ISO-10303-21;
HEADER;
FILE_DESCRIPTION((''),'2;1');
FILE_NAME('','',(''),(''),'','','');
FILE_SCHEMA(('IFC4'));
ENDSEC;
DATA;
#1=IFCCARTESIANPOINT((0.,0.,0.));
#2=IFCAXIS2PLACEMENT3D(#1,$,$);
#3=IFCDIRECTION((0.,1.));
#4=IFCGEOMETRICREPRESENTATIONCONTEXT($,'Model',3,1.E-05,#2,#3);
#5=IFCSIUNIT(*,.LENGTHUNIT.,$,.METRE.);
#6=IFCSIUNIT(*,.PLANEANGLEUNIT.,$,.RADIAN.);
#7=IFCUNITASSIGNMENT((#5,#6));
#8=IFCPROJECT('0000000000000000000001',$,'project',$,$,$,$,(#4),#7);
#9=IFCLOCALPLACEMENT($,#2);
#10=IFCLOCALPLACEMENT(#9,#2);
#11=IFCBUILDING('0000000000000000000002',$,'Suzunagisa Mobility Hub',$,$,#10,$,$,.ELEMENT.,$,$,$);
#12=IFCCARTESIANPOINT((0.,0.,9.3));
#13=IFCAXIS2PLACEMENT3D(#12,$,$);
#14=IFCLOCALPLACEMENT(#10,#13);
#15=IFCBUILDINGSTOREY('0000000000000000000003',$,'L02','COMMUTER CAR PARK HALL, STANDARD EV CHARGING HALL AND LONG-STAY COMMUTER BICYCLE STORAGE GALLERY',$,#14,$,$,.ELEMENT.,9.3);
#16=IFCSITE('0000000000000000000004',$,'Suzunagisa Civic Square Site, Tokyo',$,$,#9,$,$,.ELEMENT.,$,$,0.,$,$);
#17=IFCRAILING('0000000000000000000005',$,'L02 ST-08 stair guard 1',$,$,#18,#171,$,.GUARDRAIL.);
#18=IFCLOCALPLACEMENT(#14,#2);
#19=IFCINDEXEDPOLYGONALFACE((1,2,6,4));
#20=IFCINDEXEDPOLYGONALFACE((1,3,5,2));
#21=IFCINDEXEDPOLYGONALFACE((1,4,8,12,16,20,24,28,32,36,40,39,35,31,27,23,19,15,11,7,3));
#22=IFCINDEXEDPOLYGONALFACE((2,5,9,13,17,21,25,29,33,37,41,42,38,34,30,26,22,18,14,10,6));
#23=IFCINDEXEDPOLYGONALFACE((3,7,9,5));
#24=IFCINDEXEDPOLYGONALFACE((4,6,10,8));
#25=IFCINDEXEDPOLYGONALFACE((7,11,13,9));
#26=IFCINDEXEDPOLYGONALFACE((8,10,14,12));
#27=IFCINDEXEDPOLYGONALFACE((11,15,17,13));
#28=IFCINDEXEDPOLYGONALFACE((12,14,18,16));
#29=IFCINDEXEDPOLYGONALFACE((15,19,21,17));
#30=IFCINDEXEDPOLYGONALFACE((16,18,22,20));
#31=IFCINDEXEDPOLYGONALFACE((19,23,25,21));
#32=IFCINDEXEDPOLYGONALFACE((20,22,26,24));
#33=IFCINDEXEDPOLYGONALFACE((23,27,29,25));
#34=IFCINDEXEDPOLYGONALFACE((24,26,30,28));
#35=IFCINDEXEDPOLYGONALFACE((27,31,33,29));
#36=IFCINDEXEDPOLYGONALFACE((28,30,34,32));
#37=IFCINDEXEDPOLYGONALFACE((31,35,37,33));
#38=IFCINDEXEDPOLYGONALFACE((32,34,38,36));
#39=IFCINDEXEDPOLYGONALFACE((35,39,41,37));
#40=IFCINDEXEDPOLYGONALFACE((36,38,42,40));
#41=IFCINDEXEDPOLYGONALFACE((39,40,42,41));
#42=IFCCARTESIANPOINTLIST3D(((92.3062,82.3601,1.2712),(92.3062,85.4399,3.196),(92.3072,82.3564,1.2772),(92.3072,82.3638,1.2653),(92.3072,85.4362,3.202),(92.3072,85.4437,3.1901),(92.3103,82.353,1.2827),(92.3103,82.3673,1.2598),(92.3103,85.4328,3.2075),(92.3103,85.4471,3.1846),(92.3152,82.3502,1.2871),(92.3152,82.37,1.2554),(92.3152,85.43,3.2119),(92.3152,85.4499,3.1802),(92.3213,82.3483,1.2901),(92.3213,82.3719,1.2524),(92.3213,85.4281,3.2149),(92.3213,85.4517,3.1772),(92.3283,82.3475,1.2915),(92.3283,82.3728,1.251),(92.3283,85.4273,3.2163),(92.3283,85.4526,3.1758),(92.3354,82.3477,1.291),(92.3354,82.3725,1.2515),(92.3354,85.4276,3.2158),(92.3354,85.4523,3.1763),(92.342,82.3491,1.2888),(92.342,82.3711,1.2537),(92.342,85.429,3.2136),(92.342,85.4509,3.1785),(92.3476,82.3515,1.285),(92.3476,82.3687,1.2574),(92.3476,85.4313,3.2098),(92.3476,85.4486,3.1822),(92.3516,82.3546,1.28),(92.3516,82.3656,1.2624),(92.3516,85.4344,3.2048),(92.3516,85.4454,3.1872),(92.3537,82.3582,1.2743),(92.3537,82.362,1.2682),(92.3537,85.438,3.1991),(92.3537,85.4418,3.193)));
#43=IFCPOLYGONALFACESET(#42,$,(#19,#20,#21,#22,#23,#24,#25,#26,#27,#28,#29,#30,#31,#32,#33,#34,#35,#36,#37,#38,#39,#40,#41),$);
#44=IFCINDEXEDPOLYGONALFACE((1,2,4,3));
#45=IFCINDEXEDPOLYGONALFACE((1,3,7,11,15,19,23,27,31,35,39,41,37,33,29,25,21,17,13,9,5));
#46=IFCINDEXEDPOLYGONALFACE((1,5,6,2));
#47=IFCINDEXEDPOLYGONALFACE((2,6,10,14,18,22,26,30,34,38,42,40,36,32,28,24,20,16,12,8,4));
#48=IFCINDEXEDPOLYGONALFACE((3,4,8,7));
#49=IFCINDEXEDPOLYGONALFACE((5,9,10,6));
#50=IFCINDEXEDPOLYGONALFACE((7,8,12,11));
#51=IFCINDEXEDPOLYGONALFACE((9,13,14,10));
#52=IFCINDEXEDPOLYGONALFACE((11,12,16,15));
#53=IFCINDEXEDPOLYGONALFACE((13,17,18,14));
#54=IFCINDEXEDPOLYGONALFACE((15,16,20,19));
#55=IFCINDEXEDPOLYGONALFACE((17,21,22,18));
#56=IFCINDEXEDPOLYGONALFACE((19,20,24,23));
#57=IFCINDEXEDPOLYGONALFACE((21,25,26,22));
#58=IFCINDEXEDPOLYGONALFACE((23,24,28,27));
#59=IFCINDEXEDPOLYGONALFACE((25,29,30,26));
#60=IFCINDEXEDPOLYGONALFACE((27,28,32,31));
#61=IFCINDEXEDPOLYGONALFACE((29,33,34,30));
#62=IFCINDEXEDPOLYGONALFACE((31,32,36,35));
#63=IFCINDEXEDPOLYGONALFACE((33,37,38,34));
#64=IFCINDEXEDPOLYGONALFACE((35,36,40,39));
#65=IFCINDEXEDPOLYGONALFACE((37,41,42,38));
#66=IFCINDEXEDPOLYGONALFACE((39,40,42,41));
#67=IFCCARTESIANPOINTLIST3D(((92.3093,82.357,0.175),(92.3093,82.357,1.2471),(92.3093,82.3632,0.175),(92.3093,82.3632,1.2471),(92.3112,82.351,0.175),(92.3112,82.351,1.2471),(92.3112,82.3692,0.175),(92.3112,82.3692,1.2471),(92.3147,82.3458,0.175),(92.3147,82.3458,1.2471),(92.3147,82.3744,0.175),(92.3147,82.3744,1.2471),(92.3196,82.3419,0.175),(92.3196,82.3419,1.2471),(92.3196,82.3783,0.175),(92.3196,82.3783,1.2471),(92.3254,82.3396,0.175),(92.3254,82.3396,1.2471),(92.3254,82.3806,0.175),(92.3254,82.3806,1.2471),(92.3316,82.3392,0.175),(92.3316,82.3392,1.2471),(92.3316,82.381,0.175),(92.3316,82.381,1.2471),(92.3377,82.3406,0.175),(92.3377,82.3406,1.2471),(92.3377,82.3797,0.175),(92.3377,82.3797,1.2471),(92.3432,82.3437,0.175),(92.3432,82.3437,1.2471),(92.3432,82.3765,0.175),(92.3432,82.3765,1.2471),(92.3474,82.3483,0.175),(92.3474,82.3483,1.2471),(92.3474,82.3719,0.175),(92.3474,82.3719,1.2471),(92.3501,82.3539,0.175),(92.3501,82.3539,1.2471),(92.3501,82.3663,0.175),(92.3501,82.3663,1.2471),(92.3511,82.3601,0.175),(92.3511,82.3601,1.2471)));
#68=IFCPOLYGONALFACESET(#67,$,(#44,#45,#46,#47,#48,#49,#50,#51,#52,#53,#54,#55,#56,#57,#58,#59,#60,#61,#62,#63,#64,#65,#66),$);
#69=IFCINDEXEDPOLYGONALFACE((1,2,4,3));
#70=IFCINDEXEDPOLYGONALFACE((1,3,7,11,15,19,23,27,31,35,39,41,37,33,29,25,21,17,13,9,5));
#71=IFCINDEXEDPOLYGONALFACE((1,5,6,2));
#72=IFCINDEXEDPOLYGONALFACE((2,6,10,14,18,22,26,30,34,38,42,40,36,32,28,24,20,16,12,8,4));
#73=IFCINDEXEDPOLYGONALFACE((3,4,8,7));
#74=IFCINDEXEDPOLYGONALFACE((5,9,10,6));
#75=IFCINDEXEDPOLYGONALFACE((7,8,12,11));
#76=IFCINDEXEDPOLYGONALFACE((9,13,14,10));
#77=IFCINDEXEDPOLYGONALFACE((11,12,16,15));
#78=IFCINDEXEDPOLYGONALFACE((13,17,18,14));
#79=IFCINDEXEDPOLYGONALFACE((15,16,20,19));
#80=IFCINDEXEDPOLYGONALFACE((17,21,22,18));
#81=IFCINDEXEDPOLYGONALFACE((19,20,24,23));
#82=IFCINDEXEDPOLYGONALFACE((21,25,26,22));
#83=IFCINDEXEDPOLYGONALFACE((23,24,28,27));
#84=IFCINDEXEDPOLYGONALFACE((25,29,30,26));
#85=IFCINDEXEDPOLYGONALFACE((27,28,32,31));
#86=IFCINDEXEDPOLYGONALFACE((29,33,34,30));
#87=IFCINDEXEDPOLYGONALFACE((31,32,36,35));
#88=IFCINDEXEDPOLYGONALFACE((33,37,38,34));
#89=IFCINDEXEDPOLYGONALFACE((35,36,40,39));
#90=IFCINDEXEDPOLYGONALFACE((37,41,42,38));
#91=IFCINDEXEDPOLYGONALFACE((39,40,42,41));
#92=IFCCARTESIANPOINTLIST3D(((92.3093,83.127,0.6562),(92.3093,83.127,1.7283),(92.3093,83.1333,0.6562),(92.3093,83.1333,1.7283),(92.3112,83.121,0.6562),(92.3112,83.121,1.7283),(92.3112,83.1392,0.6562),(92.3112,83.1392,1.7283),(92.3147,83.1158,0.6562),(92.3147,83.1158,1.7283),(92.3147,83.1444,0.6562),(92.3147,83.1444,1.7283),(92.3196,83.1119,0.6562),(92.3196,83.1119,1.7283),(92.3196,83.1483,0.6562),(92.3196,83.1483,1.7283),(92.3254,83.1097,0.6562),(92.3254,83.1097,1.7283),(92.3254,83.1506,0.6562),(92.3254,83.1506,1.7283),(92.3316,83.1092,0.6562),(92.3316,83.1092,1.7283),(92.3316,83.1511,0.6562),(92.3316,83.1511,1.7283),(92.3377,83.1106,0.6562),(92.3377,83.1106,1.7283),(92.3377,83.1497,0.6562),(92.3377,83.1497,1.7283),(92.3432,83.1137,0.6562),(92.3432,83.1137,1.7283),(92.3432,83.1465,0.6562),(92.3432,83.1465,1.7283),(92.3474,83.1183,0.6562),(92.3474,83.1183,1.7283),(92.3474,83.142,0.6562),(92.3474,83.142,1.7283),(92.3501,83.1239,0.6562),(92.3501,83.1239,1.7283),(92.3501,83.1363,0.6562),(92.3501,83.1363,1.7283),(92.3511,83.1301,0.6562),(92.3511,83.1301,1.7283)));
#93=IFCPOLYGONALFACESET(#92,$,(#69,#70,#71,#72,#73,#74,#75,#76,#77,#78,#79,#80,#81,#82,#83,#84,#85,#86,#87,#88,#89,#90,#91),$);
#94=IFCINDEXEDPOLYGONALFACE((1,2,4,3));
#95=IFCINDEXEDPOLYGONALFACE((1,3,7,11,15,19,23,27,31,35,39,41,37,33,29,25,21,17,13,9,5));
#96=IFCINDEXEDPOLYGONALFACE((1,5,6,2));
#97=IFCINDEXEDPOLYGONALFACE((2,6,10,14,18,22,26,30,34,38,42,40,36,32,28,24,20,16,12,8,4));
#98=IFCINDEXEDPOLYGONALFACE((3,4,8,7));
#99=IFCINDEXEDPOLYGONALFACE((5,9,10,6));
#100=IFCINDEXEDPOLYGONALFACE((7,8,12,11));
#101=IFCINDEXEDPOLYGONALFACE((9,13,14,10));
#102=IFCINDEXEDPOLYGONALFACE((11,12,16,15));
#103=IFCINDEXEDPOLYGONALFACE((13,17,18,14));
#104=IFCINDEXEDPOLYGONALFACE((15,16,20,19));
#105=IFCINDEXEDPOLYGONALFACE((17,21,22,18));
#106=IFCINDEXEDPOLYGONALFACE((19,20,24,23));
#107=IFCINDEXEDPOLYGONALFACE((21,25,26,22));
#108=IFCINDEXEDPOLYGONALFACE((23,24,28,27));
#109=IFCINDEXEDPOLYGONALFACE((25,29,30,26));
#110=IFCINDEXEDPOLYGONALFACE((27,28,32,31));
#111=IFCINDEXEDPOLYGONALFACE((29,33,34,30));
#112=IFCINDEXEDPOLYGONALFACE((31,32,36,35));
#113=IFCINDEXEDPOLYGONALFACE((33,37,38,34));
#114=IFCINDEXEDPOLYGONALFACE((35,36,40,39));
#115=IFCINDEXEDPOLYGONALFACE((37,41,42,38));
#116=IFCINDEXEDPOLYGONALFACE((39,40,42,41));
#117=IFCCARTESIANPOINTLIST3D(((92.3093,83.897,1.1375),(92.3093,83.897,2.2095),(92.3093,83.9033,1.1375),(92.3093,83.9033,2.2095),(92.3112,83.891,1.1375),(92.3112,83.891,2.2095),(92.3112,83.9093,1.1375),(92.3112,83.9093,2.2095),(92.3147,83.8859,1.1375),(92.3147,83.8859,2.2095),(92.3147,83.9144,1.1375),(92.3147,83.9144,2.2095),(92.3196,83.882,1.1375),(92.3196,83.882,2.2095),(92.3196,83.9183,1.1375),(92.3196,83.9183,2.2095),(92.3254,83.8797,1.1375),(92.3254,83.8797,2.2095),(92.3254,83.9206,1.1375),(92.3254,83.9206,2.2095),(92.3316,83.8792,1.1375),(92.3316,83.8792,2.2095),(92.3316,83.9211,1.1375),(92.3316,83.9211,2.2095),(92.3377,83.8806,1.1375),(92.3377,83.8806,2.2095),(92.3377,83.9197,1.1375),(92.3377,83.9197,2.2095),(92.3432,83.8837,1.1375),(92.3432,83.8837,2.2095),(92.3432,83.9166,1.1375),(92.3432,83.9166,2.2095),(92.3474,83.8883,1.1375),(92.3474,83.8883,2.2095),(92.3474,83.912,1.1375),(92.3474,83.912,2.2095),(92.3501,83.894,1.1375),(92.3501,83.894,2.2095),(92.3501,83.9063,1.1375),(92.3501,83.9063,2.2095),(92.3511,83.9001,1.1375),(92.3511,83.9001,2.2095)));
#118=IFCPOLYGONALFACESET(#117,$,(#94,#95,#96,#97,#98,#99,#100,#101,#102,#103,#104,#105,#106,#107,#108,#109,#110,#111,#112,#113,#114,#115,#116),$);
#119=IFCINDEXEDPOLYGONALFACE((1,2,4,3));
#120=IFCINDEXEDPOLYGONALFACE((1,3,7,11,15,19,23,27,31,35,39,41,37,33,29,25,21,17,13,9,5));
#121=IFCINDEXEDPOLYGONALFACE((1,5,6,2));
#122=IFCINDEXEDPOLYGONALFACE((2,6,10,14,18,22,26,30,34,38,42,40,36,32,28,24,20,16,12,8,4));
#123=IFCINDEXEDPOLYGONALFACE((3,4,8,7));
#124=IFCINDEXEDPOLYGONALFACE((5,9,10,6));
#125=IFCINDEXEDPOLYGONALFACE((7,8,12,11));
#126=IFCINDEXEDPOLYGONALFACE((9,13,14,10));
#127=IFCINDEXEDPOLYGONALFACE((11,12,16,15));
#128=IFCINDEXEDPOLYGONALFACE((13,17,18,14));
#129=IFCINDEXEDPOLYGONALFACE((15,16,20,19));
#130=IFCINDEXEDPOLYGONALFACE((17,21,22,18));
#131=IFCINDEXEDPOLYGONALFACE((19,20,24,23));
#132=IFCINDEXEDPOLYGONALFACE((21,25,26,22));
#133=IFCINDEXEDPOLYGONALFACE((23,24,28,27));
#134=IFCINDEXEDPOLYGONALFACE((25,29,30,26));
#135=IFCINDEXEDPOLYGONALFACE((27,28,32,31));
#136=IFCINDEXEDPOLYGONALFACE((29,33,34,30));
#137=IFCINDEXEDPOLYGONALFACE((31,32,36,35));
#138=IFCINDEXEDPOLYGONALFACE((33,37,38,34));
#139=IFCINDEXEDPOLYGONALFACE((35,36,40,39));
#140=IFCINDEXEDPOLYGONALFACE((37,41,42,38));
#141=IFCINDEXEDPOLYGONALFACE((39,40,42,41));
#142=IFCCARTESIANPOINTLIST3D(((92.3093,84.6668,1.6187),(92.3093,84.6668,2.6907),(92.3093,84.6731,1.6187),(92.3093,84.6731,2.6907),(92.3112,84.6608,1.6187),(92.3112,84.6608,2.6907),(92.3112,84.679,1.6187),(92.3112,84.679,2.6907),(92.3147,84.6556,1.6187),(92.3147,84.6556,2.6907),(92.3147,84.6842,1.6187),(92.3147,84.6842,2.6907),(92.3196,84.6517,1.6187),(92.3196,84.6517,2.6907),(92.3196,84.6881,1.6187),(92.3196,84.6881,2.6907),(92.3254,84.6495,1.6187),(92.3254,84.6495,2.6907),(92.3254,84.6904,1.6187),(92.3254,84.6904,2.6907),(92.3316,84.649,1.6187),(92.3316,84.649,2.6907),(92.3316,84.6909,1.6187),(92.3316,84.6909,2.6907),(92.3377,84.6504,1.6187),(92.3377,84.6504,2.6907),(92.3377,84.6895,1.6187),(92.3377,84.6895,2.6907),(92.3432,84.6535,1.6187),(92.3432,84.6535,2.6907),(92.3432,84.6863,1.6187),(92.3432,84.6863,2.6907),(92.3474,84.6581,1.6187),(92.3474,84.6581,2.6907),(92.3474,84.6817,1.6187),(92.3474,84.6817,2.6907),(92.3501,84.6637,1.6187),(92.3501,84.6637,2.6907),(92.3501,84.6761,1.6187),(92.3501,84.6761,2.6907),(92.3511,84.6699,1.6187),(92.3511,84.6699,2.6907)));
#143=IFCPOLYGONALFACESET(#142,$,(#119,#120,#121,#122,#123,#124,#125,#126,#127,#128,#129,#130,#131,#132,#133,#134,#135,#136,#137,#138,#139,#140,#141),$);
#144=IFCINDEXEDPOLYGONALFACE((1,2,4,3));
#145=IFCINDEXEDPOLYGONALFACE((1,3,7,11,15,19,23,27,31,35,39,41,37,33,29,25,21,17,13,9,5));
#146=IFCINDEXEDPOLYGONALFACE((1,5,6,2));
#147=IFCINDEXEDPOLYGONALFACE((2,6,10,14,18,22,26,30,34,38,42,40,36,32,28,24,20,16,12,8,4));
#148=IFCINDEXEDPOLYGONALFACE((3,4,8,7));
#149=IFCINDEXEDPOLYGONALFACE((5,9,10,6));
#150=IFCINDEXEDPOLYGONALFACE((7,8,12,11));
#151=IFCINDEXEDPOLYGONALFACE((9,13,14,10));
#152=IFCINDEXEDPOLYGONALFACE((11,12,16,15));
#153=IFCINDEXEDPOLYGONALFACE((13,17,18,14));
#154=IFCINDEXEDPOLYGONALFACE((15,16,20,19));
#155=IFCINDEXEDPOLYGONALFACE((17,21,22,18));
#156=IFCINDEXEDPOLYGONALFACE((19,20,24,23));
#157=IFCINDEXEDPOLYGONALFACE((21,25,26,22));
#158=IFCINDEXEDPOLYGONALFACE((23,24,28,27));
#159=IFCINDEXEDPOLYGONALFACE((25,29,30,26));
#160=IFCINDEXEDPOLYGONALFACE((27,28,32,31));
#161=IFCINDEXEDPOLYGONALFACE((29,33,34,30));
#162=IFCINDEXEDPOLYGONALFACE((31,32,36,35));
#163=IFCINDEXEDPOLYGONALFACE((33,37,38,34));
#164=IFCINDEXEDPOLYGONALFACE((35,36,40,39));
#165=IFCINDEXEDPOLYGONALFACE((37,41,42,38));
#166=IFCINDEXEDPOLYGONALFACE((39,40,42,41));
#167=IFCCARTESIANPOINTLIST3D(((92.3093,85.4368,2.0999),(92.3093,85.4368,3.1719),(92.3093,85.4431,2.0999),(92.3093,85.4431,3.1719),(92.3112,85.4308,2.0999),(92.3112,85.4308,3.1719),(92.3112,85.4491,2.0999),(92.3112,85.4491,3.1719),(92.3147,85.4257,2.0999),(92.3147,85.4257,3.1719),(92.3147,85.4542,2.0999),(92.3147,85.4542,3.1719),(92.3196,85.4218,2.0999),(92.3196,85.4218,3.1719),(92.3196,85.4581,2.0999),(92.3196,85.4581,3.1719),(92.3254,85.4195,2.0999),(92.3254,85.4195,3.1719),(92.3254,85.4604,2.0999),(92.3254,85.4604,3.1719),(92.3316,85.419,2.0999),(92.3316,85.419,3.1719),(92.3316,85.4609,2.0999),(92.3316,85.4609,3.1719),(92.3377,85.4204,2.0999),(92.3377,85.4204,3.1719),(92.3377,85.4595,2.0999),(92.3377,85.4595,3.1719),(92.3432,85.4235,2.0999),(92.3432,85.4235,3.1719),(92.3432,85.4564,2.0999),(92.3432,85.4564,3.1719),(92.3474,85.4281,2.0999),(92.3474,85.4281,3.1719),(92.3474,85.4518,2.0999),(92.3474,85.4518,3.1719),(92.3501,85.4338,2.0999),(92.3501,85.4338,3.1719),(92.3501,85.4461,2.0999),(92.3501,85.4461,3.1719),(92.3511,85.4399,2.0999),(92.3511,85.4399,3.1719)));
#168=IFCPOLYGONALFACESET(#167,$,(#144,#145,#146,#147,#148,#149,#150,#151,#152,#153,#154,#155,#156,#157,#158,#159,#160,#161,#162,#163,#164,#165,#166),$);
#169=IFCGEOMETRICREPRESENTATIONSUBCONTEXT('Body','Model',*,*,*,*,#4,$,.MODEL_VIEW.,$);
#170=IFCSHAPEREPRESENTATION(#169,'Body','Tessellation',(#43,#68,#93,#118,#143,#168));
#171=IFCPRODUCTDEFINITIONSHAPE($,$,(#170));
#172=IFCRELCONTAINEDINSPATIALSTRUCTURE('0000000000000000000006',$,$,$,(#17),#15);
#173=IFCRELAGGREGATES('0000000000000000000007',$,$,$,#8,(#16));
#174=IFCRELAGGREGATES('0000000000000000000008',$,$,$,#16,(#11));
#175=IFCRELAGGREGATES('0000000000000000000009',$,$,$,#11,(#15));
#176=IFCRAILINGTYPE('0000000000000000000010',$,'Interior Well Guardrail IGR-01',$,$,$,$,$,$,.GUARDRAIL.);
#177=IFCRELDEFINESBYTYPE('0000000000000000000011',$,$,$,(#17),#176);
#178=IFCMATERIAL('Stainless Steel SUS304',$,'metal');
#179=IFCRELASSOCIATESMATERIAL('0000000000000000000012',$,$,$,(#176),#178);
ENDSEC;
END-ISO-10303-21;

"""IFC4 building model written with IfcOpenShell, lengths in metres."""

from ifc_helpers import new_model, si_unit, direction, frame, origin, origin_2d, place, context, subcontext, project, spatial, circle, extrude, material, type_object, element, save


model = new_model("IFC4")

# Units and contexts
model_context = context("Model", 3, precision=1e-05, world=origin(), true_north=direction((0.0, 1.0)))
body_context = subcontext(model_context, "Body", "Model", "MODEL_VIEW")
ifc_project = project(units=[si_unit("LENGTHUNIT", "METRE"), si_unit("PLANEANGLEUNIT", "RADIAN")], contexts=[model_context])

# Site, building, storey
site_placement = place(None, origin())
site = spatial("IfcSite", under=ifc_project, at=site_placement, Name="Suzunagisa Civic Square Site, Tokyo", CompositionType="ELEMENT", RefElevation=0.0)
building_placement = place(site_placement, origin())
building = spatial("IfcBuilding", under=site, at=building_placement, Name="Suzunagisa Mobility Hub", CompositionType="ELEMENT")
storey_placement = place(building_placement, frame((0.0, 0.0, 9.3)))
storey = spatial("IfcBuildingStorey", under=building, at=storey_placement, Name="L02", Description="COMMUTER CAR PARK HALL, STANDARD EV CHARGING HALL AND LONG-STAY COMMUTER BICYCLE STORAGE GALLERY", CompositionType="ELEMENT", Elevation=9.3)

# Railing
ifc_material_1 = material(Name="Stainless Steel SUS304", Category="metal")
railing_type_1 = type_object("IfcRailingType", Name="Interior Well Guardrail IGR-01", PredefinedType="GUARDRAIL", material=ifc_material_1)
railing_1_placement = place(storey_placement, frame((92.3301, 82.3601, 0.175)))
element("IfcRailing", 1, at=railing_1_placement, inside=storey, type_object=railing_type_1, Name="L02 ST-08 stair guard 1", PredefinedType="GUARDRAIL", context=body_context, shape_type="SweptSolid", body=[
    extrude(circle(Radius=0.0239, at=origin_2d()), frame((0.0, 0.0, 1.0962), z_axis=(0.0, 0.84801, 0.529981), x_axis=(-1.0, 0.0, 0.0)), (0.0, 0.0, 1.0), 3.6318),
    extrude(circle(Radius=0.021, at=origin_2d()), origin(), (0.0, 0.0, 1.0), 1.072),
    extrude(circle(Radius=0.021, at=origin_2d()), frame((0.0, 0.77, 0.4812)), (0.0, 0.0, 1.0), 1.072),
    extrude(circle(Radius=0.021, at=origin_2d()), frame((0.0, 1.54, 0.9624)), (0.0, 0.0, 1.0), 1.072),
    extrude(circle(Radius=0.021, at=origin_2d()), frame((0.0, 2.3098, 1.4436)), (0.0, 0.0, 1.0), 1.072),
    extrude(circle(Radius=0.021, at=origin_2d()), frame((0.0, 3.0798, 1.9248)), (0.0, 0.0, 1.0), 1.072),
])

save(model, "model.ifc")
